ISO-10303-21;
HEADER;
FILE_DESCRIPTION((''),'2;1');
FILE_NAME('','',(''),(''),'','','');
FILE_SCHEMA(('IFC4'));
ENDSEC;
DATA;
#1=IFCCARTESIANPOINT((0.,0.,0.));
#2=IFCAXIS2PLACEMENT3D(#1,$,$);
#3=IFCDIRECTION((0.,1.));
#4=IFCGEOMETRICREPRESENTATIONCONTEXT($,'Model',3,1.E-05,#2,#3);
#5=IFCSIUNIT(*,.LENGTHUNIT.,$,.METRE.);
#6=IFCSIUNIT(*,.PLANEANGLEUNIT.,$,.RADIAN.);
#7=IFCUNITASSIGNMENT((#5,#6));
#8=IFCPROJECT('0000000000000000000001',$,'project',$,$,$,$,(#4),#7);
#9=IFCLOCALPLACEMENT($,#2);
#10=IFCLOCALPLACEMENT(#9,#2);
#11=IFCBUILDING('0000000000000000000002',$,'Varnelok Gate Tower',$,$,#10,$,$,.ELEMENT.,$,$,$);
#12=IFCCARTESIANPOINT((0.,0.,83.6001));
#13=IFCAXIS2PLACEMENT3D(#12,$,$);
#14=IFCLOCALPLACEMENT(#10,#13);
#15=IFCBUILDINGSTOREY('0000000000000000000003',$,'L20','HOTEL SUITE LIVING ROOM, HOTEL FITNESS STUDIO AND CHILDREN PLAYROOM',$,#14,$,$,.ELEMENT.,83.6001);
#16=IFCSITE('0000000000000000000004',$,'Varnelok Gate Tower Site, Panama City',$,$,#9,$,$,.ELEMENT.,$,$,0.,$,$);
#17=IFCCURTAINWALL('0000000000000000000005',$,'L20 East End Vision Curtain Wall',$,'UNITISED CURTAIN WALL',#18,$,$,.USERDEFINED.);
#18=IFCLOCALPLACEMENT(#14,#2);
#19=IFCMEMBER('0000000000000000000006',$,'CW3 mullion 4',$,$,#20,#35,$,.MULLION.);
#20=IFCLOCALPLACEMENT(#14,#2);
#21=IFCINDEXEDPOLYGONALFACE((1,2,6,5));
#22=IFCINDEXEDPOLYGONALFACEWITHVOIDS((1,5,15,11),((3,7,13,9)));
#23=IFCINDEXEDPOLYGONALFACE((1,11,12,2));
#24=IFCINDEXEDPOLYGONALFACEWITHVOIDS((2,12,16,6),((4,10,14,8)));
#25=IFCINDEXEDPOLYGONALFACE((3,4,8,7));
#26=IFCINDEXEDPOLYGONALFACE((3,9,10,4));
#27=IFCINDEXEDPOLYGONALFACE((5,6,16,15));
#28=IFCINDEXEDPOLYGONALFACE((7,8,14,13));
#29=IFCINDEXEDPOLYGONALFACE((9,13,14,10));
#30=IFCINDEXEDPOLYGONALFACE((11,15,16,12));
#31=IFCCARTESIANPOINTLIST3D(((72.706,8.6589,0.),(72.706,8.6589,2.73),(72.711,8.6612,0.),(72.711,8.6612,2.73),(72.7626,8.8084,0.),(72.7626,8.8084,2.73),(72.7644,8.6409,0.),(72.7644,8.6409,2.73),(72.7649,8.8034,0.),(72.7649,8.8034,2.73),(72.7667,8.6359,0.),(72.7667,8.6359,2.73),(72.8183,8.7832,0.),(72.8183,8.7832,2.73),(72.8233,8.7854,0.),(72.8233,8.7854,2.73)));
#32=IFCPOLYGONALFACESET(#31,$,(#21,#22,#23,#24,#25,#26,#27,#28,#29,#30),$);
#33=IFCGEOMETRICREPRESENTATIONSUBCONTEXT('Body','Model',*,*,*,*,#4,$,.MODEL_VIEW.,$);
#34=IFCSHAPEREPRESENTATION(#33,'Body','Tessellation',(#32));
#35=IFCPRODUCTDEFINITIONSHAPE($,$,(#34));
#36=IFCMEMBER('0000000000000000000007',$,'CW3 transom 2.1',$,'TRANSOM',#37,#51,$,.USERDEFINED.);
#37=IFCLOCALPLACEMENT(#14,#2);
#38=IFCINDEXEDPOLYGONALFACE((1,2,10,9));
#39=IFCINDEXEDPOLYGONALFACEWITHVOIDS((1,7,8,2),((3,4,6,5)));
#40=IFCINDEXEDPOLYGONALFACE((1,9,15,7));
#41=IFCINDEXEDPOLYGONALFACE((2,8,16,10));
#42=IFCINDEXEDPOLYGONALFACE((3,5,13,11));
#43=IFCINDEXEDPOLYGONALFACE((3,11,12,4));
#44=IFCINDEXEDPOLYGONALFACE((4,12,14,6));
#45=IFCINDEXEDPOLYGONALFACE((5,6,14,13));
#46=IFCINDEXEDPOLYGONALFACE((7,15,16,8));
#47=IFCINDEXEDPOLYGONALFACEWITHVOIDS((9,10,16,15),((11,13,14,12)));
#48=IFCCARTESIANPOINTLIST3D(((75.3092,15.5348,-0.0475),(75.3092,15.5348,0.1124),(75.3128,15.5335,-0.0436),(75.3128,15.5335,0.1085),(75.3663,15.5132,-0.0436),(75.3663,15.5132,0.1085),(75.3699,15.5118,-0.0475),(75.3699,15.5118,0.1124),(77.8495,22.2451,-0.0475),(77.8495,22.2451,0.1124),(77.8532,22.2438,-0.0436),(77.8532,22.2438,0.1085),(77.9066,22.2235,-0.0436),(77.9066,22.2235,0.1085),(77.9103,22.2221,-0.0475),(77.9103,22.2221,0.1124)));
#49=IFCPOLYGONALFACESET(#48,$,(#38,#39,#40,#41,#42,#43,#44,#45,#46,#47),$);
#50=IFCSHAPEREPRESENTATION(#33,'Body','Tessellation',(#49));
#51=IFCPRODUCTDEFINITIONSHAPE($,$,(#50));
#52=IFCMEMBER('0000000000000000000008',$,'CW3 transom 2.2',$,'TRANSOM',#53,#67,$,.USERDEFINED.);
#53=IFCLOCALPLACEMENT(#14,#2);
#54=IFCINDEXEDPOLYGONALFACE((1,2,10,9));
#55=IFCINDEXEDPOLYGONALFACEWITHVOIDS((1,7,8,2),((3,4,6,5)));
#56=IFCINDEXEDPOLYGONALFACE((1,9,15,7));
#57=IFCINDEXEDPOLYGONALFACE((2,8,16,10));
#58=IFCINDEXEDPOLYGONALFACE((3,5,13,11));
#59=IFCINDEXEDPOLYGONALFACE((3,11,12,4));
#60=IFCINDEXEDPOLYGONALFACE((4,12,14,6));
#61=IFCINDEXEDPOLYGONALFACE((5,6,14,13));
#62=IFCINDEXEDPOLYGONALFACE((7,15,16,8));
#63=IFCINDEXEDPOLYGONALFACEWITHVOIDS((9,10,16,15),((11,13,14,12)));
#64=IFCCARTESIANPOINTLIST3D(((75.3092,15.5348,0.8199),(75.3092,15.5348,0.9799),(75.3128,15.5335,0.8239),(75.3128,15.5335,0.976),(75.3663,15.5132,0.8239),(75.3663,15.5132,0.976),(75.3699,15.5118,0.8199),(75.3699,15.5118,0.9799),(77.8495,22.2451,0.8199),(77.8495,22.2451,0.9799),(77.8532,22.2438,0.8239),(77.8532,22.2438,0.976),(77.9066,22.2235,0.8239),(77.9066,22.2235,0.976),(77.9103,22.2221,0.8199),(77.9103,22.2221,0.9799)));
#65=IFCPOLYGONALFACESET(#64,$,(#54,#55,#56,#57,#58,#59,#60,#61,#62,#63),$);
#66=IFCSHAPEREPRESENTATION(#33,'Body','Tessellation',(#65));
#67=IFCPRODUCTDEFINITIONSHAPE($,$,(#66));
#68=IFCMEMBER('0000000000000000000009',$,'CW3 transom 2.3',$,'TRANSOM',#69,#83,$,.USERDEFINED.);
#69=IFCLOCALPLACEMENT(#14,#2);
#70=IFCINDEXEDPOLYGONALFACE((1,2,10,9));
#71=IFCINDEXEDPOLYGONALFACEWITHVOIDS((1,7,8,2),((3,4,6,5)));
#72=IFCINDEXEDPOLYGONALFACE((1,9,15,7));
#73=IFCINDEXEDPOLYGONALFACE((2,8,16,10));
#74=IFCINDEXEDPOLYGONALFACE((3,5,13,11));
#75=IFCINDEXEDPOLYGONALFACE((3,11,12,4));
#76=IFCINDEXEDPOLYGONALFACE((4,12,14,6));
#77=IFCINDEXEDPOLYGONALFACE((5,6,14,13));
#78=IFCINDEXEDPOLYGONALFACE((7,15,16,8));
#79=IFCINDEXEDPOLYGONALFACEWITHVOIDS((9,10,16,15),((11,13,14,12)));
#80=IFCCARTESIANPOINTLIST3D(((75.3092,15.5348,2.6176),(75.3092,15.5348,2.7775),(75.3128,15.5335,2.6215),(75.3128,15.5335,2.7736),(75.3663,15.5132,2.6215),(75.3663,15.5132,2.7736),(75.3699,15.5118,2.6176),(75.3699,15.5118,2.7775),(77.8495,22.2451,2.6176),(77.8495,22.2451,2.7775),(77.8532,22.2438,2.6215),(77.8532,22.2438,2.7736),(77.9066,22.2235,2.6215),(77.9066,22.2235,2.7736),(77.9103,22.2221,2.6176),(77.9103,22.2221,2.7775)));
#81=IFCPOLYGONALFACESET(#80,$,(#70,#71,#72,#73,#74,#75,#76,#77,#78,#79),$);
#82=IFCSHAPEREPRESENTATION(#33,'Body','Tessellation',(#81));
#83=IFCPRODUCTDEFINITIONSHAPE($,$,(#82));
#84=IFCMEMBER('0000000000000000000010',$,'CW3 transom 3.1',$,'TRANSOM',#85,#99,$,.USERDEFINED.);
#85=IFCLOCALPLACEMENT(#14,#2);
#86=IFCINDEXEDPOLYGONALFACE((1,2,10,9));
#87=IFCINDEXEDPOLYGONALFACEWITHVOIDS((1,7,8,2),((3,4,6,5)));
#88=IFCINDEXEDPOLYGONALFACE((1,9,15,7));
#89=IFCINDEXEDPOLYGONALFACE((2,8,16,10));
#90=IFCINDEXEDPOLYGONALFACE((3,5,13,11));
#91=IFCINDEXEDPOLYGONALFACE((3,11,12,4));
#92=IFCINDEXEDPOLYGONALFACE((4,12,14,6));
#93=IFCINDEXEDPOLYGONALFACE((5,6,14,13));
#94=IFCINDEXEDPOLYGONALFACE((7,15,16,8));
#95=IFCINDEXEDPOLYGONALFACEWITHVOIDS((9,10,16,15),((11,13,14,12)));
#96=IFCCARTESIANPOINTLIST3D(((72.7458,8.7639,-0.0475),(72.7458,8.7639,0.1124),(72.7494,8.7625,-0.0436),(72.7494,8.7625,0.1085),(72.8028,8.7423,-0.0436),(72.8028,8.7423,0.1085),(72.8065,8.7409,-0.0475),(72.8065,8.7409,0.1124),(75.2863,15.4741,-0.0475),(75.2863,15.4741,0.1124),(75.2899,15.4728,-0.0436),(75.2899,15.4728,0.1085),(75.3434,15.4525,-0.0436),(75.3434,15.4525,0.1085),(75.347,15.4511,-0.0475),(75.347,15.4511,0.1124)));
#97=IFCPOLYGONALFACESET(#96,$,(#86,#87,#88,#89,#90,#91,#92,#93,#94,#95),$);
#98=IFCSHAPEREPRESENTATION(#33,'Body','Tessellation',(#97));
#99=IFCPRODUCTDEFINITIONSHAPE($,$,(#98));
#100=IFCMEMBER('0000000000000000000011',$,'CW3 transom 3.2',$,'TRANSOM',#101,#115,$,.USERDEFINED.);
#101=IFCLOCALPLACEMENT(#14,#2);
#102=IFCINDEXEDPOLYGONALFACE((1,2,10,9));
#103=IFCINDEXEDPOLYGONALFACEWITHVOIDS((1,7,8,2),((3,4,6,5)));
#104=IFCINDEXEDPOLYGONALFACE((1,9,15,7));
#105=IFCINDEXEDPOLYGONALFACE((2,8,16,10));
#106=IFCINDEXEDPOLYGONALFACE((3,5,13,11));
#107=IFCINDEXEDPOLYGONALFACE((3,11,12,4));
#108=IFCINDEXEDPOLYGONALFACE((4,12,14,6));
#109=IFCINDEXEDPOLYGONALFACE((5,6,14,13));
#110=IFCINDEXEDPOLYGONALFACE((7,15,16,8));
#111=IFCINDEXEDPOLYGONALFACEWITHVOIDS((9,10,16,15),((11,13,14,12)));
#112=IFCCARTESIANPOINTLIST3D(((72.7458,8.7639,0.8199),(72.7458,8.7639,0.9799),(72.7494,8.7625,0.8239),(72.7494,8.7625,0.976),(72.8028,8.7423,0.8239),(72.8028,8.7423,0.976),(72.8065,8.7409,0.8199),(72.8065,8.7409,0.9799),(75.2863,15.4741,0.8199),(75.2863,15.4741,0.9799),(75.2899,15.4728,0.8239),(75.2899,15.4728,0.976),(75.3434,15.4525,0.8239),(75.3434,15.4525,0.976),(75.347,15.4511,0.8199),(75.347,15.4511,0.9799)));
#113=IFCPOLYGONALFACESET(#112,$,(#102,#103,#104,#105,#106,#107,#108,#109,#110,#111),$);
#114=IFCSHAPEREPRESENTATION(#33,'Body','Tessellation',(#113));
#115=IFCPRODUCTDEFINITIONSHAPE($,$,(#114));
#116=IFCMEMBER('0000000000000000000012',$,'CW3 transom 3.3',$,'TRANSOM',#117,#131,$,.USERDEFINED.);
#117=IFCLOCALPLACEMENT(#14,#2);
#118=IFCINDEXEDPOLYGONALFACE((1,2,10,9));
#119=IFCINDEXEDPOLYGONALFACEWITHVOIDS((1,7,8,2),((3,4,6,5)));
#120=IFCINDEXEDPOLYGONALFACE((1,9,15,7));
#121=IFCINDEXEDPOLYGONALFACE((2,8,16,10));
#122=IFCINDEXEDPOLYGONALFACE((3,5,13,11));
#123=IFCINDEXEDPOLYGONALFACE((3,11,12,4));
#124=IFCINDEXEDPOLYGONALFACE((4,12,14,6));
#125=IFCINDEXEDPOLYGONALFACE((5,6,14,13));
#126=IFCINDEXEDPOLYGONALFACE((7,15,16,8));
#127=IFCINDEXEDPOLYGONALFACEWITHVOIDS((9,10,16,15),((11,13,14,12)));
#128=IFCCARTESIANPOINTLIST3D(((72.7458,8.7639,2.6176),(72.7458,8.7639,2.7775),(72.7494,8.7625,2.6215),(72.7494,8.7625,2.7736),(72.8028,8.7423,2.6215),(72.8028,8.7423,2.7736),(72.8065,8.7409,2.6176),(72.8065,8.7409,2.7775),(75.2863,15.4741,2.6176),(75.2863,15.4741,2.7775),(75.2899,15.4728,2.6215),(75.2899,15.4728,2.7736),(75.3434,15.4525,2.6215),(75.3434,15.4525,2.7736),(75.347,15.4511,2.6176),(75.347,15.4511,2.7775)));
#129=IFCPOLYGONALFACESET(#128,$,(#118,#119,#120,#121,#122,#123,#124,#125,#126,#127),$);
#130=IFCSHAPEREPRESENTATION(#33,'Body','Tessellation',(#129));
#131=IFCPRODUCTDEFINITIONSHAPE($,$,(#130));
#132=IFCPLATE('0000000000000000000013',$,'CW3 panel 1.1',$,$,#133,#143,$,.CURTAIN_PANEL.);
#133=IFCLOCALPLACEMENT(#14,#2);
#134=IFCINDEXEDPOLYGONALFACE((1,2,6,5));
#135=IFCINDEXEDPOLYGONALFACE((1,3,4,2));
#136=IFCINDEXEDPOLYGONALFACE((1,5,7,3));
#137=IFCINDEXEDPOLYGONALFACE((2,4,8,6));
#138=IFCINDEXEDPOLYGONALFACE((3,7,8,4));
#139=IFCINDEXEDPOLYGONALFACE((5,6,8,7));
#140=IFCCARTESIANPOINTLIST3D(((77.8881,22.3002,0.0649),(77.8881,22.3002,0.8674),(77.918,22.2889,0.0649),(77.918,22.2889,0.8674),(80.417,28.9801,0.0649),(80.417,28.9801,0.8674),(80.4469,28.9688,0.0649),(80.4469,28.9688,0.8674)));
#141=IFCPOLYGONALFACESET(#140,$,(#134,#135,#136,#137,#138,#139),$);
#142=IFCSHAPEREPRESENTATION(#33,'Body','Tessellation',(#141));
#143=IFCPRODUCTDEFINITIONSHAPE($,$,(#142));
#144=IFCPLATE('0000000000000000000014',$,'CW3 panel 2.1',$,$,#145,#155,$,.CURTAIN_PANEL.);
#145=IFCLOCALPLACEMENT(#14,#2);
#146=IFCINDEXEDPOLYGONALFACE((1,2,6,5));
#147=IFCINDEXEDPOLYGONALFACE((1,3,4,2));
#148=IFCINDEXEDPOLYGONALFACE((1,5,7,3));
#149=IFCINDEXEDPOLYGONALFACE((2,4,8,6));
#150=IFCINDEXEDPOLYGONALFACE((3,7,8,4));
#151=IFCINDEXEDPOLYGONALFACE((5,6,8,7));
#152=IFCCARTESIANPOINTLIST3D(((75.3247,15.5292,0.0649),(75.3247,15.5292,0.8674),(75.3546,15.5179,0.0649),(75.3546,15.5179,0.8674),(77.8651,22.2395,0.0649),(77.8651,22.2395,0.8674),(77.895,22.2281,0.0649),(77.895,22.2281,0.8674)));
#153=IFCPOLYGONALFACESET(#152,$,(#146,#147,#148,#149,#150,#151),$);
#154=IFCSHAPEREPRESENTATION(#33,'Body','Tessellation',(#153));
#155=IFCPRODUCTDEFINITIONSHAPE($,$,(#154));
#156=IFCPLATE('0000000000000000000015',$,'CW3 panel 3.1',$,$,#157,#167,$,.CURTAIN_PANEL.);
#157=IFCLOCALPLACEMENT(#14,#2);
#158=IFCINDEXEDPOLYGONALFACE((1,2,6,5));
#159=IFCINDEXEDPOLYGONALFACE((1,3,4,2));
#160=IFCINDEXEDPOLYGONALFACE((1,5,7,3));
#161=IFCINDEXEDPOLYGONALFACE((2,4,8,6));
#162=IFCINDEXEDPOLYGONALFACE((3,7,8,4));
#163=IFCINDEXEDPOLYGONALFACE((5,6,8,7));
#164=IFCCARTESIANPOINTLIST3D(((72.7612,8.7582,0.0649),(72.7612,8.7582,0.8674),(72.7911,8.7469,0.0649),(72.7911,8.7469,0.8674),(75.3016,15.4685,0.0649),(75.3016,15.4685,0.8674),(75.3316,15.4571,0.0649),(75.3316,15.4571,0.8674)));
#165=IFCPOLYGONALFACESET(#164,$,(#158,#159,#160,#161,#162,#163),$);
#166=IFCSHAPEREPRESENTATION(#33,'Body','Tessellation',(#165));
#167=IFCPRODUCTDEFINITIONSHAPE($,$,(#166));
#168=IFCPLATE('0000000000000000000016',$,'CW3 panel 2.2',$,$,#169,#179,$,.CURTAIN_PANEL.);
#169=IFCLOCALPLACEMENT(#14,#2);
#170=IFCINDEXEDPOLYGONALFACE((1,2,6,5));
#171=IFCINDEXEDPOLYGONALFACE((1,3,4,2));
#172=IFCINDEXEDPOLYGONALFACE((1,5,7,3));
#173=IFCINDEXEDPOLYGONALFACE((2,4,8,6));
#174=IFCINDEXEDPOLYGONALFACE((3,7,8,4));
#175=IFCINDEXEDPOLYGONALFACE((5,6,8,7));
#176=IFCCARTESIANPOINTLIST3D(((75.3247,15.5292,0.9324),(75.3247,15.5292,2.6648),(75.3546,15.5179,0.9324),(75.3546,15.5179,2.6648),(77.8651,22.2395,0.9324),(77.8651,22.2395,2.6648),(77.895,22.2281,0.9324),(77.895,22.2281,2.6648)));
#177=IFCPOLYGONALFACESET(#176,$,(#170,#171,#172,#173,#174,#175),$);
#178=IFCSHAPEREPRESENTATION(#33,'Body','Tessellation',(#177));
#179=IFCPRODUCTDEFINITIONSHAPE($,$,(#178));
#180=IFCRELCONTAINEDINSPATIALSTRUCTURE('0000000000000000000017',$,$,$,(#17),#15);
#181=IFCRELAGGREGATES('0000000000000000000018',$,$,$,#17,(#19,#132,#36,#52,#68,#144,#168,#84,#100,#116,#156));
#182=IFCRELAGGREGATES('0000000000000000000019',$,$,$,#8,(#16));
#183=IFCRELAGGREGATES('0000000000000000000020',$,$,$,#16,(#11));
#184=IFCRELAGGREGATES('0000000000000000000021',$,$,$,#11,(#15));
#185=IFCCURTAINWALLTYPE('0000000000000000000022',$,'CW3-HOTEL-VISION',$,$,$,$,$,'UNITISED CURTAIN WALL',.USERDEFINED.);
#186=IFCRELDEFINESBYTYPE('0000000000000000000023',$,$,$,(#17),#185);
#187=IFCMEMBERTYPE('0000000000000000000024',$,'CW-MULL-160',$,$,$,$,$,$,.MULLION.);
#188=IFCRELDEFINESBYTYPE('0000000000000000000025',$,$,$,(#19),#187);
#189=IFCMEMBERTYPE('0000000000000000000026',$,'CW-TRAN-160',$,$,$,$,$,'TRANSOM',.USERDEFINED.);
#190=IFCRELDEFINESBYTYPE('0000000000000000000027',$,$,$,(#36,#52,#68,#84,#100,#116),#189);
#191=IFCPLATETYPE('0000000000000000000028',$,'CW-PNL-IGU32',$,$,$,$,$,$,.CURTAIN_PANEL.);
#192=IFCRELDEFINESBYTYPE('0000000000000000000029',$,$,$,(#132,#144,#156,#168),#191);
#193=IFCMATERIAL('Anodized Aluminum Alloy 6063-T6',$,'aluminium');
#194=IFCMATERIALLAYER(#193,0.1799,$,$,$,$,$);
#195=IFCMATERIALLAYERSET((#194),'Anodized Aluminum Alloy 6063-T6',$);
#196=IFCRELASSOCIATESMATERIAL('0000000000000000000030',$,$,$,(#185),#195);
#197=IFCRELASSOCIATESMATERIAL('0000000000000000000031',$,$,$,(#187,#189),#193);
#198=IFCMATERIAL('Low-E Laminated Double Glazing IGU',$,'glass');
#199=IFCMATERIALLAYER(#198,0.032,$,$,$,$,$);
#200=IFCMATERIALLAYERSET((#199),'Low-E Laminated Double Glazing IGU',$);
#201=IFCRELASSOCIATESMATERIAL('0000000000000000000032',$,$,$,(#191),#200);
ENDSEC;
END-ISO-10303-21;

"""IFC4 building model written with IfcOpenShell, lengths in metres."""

from ifc_helpers import new_model, si_unit, direction, frame, origin, origin_2d, place, context, subcontext, project, spatial, rectangle, hollow_rectangle, extrude, source, transform, mapped, material, layer, layer_set, material_profile, profile_set, type_object, element, aggregate, save


model = new_model("IFC4")

# Units and contexts
model_context = context("Model", 3, precision=1e-05, world=origin(), true_north=direction((0.0, 1.0)))
body_context = subcontext(model_context, "Body", "Model", "MODEL_VIEW")
ifc_project = project(units=[si_unit("LENGTHUNIT", "METRE"), si_unit("PLANEANGLEUNIT", "RADIAN")], contexts=[model_context])

# Site, building, storey
site_placement = place(None, origin())
site = spatial("IfcSite", under=ifc_project, at=site_placement, Name="Varnelok Gate Tower Site, Panama City", CompositionType="ELEMENT", RefElevation=0.0)
building_placement = place(site_placement, origin())
building = spatial("IfcBuilding", under=site, at=building_placement, Name="Varnelok Gate Tower", CompositionType="ELEMENT")
storey_placement = place(building_placement, frame((0.0, 0.0, 83.6001)))
storey = spatial("IfcBuildingStorey", under=building, at=storey_placement, Name="L20", Description="HOTEL SUITE LIVING ROOM, HOTEL FITNESS STUDIO AND CHILDREN PLAYROOM", CompositionType="ELEMENT", Elevation=83.6001)

# Curtain wall, members, plates
ifc_material_1 = material(Name="Anodized Aluminum Alloy 6063-T6", Category="aluminium")
ifc_layer_1 = layer(ifc_material_1, 0.1799)
ifc_layer_set_1 = layer_set([ifc_layer_1], Name="Anodized Aluminum Alloy 6063-T6")
curtain_wall_type = type_object("IfcCurtainWallType", Name="CW3-HOTEL-VISION", ElementType="UNITISED CURTAIN WALL", PredefinedType="USERDEFINED", material=ifc_layer_set_1)
curtain_wall_placement = place(storey_placement, origin())
curtain_wall = element("IfcCurtainWall", 1, at=curtain_wall_placement, inside=storey, type_object=curtain_wall_type, Name="L20 East End Vision Curtain Wall", ObjectType="UNITISED CURTAIN WALL", PredefinedType="USERDEFINED")
ifc_material_profile_1 = material_profile(ifc_material_1, hollow_rectangle(XDim=0.0649, YDim=0.1599, WallThickness=0.0039, at=origin_2d()), Name="ALU160X65X4")
ifc_profile_set_1 = profile_set([ifc_material_profile_1], Name="Anodized Aluminum Alloy 6063-T6")
member_type_1 = type_object("IfcMemberType", Name="CW-MULL-160", PredefinedType="MULLION", material=ifc_profile_set_1)
member_1_placement = place(storey_placement, frame((72.7646, 8.7222, 0.0), z_axis=(0.0, 0.0, 1.0), x_axis=(0.935221, -0.354064, 0.0)))
member_1 = element("IfcMember", 2, at=member_1_placement, type_object=member_type_1, Name="CW3 mullion 4", PredefinedType="MULLION", context=body_context, shape_type="SweptSolid", body=[
    extrude(hollow_rectangle(XDim=0.0649, YDim=0.1599, WallThickness=0.0039, at=origin_2d()), origin(), (0.0, 0.0, 1.0), 2.73),
])
ifc_material_profile_2 = material_profile(ifc_material_1, hollow_rectangle(XDim=0.0649, YDim=0.1599, WallThickness=0.0039, at=origin_2d()), Name="ALU160X65X4")
ifc_profile_set_2 = profile_set([ifc_material_profile_2], Name="Anodized Aluminum Alloy 6063-T6")
member_type_2 = type_object("IfcMemberType", Name="CW-TRAN-160", ElementType="TRANSOM", PredefinedType="USERDEFINED", material=ifc_profile_set_2)
member_2_placement = place(storey_placement, frame((77.8799, 22.2336, 0.0325), z_axis=(-0.354049, -0.935227, 0.0), x_axis=(0.935227, -0.354049, 0.0)))
member_2 = element("IfcMember", 3, at=member_2_placement, type_object=member_type_2, Name="CW3 transom 2.1", ObjectType="TRANSOM", PredefinedType="USERDEFINED", context=body_context, shape_type="SweptSolid", body=[
    extrude(hollow_rectangle(XDim=0.0649, YDim=0.1599, WallThickness=0.0039, at=origin_2d()), origin(), (0.0, 0.0, 1.0), 7.175),
])
member_3_placement = place(storey_placement, frame((77.8799, 22.2336, 0.8999), z_axis=(-0.354049, -0.935227, 0.0), x_axis=(0.935227, -0.354049, 0.0)))
member_3 = element("IfcMember", 4, at=member_3_placement, type_object=member_type_2, Name="CW3 transom 2.2", ObjectType="TRANSOM", PredefinedType="USERDEFINED", context=body_context, shape_type="SweptSolid", body=[
    extrude(hollow_rectangle(XDim=0.0649, YDim=0.1599, WallThickness=0.0039, at=origin_2d()), origin(), (0.0, 0.0, 1.0), 7.175),
])
member_4_placement = place(storey_placement, frame((77.8799, 22.2336, 2.6975), z_axis=(-0.354049, -0.935227, 0.0), x_axis=(0.935227, -0.354049, 0.0)))
member_4 = element("IfcMember", 5, at=member_4_placement, type_object=member_type_2, Name="CW3 transom 2.3", ObjectType="TRANSOM", PredefinedType="USERDEFINED", context=body_context, shape_type="SweptSolid", body=[
    extrude(hollow_rectangle(XDim=0.0649, YDim=0.1599, WallThickness=0.0039, at=origin_2d()), origin(), (0.0, 0.0, 1.0), 7.175),
])
member_5_placement = place(storey_placement, frame((75.3167, 15.4626, 0.0325), z_axis=(-0.354079, -0.935216, 0.0), x_axis=(0.935216, -0.354079, 0.0)))
member_5 = element("IfcMember", 6, at=member_5_placement, type_object=member_type_2, Name="CW3 transom 3.1", ObjectType="TRANSOM", PredefinedType="USERDEFINED", context=body_context, shape_type="SweptSolid", body=[
    extrude(hollow_rectangle(XDim=0.0649, YDim=0.1599, WallThickness=0.0039, at=origin_2d()), origin(), (0.0, 0.0, 1.0), 7.175),
])
member_6_placement = place(storey_placement, frame((75.3167, 15.4626, 0.8999), z_axis=(-0.354079, -0.935216, 0.0), x_axis=(0.935216, -0.354079, 0.0)))
member_6 = element("IfcMember", 7, at=member_6_placement, type_object=member_type_2, Name="CW3 transom 3.2", ObjectType="TRANSOM", PredefinedType="USERDEFINED", context=body_context, shape_type="SweptSolid", body=[
    extrude(hollow_rectangle(XDim=0.0649, YDim=0.1599, WallThickness=0.0039, at=origin_2d()), origin(), (0.0, 0.0, 1.0), 7.175),
])
member_7_placement = place(storey_placement, frame((75.3167, 15.4626, 2.6975), z_axis=(-0.354079, -0.935216, 0.0), x_axis=(0.935216, -0.354079, 0.0)))
member_7 = element("IfcMember", 8, at=member_7_placement, type_object=member_type_2, Name="CW3 transom 3.3", ObjectType="TRANSOM", PredefinedType="USERDEFINED", context=body_context, shape_type="SweptSolid", body=[
    extrude(hollow_rectangle(XDim=0.0649, YDim=0.1599, WallThickness=0.0039, at=origin_2d()), origin(), (0.0, 0.0, 1.0), 7.175),
])
ifc_material_2 = material(Name="Low-E Laminated Double Glazing IGU", Category="glass")
ifc_layer_2 = layer(ifc_material_2, 0.032)
ifc_layer_set_2 = layer_set([ifc_layer_2], Name="Low-E Laminated Double Glazing IGU")
plate_type = type_object("IfcPlateType", Name="CW-PNL-IGU32", PredefinedType="CURTAIN_PANEL", material=ifc_layer_set_2)
shared_shape_1 = source(origin(), body_context, "Body", "SweptSolid", [
    extrude(rectangle(XDim=7.1426, YDim=0.032, at=origin_2d()), origin(), (0.0, 0.0, 1.0), 0.8025),
])
plate_1_placement = place(storey_placement, frame((79.1675, 25.6345, 0.0649), z_axis=(0.0, 0.0, 1.0), x_axis=(-0.354064, -0.935221, 0.0)))
plate_1 = element("IfcPlate", 9, at=plate_1_placement, type_object=plate_type, Name="CW3 panel 1.1", PredefinedType="CURTAIN_PANEL", context=body_context, shape_type="MappedRepresentation", body=[
    mapped(shared_shape_1, transform((0.0, 0.0, 0.0), scale=1.0)),
])
shared_shape_2 = source(origin(), body_context, "Body", "SweptSolid", [
    extrude(rectangle(XDim=7.175, YDim=0.032, at=origin_2d()), origin(), (0.0, 0.0, 1.0), 0.8025),
])
plate_2_placement = place(storey_placement, frame((76.6099, 18.8787, 0.0649), z_axis=(0.0, 0.0, 1.0), x_axis=(-0.354064, -0.935221, 0.0)))
plate_2 = element("IfcPlate", 10, at=plate_2_placement, type_object=plate_type, Name="CW3 panel 2.1", PredefinedType="CURTAIN_PANEL", context=body_context, shape_type="MappedRepresentation", body=[
    mapped(shared_shape_2, transform((0.0, 0.0, 0.0), scale=1.0)),
])
plate_3_placement = place(storey_placement, frame((74.0464, 12.1077, 0.0649), z_axis=(0.0, 0.0, 1.0), x_axis=(-0.354064, -0.935221, 0.0)))
plate_3 = element("IfcPlate", 11, at=plate_3_placement, type_object=plate_type, Name="CW3 panel 3.1", PredefinedType="CURTAIN_PANEL", context=body_context, shape_type="MappedRepresentation", body=[
    mapped(shared_shape_2, transform((0.0, 0.0, 0.0), scale=1.0)),
])
shared_shape_3 = source(origin(), body_context, "Body", "SweptSolid", [
    extrude(rectangle(XDim=7.175, YDim=0.032, at=origin_2d()), origin(), (0.0, 0.0, 1.0), 1.7324),
])
plate_4_placement = place(storey_placement, frame((76.6099, 18.8787, 0.9324), z_axis=(0.0, 0.0, 1.0), x_axis=(-0.354064, -0.935221, 0.0)))
plate_4 = element("IfcPlate", 12, at=plate_4_placement, type_object=plate_type, Name="CW3 panel 2.2", PredefinedType="CURTAIN_PANEL", context=body_context, shape_type="MappedRepresentation", body=[
    mapped(shared_shape_3, transform((0.0, 0.0, 0.0), scale=1.0)),
])
aggregate(curtain_wall, [member_1, plate_1, member_2, member_3, member_4, plate_2, plate_4, member_5, member_6, member_7, plate_3])

save(model, "model.ifc")
